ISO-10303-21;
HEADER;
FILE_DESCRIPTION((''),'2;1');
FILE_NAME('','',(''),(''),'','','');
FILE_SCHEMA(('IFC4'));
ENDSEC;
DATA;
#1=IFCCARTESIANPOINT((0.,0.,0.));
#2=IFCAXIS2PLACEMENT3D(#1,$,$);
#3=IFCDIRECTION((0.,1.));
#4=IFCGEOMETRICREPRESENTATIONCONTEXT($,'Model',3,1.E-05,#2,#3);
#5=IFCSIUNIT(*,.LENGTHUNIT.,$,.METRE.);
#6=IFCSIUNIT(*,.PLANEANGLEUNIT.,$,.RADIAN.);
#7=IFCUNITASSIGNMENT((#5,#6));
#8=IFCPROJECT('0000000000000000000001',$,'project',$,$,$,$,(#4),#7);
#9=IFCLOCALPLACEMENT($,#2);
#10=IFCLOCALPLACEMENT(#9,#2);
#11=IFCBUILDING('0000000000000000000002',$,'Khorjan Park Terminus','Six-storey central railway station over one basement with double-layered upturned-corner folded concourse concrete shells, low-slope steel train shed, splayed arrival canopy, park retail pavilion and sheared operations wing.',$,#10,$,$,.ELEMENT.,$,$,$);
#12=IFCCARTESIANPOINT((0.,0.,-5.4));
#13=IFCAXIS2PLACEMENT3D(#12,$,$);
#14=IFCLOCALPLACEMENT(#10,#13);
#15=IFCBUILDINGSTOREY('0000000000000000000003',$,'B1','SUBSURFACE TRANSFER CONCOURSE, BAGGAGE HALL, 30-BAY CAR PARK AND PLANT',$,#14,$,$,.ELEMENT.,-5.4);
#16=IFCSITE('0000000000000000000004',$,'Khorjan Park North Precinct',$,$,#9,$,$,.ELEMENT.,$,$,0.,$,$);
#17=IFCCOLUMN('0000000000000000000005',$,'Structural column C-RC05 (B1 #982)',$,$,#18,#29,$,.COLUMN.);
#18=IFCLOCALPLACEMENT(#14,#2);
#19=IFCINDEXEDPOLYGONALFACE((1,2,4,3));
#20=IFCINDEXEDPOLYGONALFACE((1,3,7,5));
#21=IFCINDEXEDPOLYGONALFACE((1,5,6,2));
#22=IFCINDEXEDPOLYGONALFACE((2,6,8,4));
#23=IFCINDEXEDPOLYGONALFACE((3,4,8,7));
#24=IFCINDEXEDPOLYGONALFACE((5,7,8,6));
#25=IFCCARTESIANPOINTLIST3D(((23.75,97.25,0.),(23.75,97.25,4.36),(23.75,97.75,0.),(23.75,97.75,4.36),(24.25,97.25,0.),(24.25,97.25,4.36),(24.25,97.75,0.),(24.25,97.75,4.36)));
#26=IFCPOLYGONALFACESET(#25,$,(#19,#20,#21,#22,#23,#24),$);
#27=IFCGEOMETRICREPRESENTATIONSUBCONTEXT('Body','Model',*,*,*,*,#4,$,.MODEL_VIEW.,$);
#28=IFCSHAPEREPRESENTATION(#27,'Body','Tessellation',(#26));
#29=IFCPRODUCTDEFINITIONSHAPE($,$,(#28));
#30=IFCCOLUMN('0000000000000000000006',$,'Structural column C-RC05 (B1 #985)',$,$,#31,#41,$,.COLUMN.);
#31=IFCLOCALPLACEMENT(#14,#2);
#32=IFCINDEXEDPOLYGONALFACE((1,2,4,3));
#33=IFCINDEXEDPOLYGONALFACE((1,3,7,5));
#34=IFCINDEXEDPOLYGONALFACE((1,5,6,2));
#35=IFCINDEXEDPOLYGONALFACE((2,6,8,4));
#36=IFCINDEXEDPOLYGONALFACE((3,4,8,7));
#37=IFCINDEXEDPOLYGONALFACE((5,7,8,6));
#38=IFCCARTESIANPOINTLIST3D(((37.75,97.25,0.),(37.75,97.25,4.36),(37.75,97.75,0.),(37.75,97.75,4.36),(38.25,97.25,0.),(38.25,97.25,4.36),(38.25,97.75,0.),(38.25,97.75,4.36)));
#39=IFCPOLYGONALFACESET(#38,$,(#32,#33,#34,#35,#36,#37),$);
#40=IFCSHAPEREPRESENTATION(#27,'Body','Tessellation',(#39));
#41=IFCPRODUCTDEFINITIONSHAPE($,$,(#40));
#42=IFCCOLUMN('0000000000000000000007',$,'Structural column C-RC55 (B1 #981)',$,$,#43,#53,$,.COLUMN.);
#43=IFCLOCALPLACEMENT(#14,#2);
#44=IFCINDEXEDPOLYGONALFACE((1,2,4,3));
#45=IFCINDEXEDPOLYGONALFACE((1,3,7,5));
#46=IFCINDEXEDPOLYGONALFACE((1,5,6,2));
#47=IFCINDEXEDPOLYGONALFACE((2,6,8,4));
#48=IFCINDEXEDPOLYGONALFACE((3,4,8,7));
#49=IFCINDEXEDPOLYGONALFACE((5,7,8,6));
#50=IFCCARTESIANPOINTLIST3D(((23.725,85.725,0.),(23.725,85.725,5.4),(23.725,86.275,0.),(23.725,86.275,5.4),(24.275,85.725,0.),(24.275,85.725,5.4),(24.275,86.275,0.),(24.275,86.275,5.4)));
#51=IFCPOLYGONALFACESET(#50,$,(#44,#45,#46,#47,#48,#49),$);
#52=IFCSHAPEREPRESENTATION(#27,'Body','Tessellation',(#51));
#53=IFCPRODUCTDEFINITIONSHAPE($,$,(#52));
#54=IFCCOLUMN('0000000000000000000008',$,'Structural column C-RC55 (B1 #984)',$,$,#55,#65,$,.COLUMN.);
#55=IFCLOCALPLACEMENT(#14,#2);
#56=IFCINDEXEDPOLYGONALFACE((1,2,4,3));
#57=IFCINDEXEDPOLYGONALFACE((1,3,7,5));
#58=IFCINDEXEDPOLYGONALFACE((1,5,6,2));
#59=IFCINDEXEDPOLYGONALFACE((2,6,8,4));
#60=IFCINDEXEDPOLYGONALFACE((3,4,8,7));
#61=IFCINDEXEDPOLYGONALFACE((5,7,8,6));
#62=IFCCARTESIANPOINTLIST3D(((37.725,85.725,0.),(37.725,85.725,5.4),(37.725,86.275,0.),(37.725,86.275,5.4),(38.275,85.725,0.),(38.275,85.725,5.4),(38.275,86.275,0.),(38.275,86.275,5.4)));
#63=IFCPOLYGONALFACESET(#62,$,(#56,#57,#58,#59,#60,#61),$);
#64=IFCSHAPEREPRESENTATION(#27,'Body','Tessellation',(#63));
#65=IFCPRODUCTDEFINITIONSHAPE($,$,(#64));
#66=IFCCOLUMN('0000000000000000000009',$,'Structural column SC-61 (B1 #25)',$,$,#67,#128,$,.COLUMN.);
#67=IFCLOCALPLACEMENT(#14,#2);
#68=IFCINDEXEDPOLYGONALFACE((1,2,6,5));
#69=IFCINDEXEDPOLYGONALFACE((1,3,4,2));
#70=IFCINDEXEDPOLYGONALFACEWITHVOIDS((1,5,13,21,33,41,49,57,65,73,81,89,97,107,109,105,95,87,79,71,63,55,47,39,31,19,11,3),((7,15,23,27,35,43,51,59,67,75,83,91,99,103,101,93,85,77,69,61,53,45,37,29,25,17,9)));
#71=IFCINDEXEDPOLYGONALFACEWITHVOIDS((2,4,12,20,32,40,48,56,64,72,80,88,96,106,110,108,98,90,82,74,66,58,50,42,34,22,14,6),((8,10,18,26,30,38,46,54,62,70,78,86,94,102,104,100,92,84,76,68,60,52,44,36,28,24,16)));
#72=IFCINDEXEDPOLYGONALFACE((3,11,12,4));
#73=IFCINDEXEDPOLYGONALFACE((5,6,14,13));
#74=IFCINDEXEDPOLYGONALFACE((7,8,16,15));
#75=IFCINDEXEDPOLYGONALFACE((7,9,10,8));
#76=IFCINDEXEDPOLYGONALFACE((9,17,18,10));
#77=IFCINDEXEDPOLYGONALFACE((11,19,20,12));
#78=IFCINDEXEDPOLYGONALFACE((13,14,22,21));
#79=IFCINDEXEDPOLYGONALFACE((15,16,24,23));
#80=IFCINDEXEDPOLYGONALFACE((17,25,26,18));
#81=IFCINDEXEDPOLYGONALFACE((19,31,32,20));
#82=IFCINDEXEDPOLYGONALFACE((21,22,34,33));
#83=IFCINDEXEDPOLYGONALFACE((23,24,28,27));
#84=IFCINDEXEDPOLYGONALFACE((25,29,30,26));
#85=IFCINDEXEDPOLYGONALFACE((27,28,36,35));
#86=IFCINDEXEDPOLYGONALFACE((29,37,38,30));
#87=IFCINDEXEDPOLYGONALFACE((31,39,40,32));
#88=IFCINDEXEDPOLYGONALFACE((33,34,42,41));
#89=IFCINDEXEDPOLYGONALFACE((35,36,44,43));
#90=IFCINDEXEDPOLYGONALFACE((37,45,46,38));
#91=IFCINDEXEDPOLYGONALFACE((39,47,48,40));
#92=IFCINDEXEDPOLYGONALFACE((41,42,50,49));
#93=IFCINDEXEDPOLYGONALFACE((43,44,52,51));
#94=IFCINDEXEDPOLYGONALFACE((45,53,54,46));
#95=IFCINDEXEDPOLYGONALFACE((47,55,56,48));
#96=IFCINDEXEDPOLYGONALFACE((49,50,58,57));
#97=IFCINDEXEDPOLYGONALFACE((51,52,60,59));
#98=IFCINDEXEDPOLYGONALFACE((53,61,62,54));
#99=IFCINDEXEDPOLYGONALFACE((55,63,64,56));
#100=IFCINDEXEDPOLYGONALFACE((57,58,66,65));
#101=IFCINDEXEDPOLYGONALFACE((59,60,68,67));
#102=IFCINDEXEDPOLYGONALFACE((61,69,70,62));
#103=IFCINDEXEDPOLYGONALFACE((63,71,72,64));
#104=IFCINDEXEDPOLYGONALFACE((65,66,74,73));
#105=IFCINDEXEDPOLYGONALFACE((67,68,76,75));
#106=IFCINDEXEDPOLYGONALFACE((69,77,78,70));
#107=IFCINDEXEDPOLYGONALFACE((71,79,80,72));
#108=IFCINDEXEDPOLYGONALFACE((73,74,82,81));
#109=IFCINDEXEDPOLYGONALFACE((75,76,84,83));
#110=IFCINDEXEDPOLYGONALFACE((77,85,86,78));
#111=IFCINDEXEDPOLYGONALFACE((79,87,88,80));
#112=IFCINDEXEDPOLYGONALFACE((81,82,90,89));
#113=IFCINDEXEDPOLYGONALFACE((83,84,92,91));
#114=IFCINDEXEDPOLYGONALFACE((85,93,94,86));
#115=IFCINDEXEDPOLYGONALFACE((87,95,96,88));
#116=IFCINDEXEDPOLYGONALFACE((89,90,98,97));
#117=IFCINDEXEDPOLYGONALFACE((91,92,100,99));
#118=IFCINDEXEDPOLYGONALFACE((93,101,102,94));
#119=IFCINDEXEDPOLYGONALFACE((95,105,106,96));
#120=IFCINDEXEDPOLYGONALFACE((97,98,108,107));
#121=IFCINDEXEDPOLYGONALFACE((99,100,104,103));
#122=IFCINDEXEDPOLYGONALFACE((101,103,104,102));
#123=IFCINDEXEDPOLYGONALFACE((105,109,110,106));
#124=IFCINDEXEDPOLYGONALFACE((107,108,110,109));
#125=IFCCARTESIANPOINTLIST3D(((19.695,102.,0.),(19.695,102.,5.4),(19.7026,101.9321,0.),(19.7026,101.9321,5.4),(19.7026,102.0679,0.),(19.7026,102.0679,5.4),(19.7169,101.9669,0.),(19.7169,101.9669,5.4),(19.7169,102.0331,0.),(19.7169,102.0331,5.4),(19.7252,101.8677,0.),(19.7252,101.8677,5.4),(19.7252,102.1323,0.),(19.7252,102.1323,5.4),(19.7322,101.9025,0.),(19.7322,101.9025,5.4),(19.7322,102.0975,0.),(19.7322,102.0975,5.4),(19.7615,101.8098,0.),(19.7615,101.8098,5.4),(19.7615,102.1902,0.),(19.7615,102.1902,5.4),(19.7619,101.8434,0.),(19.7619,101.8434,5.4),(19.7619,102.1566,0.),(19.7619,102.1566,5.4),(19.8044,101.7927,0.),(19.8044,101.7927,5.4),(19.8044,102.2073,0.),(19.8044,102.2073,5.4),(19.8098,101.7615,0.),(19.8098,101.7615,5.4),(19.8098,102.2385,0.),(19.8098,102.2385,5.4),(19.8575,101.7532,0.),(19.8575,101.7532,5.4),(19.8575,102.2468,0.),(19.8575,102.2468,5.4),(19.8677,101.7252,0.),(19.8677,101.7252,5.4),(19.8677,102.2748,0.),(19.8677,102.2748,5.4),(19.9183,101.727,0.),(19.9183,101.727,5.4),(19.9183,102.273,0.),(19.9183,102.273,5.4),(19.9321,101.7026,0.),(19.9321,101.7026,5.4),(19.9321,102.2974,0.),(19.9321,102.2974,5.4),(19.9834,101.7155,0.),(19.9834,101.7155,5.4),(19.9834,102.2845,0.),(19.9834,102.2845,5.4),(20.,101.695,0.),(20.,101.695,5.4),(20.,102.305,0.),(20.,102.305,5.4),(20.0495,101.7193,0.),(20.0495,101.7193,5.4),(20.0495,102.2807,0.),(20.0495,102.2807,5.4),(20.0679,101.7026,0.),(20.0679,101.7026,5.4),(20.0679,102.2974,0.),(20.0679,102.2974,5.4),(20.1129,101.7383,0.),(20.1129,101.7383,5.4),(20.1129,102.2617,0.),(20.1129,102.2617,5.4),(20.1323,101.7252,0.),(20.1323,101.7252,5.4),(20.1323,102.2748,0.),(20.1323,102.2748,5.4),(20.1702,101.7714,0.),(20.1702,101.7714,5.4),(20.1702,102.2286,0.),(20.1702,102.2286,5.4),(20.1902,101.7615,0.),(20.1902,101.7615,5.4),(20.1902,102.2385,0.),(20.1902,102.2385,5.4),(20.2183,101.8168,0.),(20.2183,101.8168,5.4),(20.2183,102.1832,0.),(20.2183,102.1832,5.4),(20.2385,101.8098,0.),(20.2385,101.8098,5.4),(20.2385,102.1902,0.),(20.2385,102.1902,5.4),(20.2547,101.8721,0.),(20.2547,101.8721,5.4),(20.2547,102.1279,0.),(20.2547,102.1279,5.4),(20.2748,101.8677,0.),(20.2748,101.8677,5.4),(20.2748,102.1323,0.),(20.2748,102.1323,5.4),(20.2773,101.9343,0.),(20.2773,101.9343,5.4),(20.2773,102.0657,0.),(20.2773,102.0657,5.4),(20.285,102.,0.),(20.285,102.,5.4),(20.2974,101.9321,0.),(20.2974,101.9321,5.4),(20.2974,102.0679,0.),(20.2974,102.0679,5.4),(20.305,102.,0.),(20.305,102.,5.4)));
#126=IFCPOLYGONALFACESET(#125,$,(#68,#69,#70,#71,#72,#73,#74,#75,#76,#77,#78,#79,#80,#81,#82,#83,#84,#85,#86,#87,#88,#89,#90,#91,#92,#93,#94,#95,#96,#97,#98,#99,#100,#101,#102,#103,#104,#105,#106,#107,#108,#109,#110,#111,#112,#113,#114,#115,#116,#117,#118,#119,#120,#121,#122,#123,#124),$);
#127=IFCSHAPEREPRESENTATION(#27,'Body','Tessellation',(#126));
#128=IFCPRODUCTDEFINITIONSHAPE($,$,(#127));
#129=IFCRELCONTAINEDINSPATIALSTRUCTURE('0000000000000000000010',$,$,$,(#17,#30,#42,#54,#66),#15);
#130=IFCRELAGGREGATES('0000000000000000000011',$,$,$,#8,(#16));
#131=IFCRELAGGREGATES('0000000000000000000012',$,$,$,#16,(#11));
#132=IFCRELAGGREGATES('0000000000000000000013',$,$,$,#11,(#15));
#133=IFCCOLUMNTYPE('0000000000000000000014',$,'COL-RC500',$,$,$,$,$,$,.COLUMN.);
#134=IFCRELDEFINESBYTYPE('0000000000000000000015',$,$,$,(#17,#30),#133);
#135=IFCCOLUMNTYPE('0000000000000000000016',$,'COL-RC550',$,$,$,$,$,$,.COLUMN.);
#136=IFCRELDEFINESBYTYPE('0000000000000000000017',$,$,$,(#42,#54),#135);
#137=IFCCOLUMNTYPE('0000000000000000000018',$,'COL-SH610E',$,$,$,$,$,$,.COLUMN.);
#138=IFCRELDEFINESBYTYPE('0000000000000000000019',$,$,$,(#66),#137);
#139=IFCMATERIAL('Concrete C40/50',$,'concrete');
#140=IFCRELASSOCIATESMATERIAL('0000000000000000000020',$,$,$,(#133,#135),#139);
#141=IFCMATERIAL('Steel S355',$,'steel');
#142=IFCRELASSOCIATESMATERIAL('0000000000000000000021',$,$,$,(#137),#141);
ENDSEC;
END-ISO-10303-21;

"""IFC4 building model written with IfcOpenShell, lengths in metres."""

from ifc_helpers import new_model, si_unit, direction, frame, origin, origin_2d, place, context, subcontext, project, spatial, rectangle, hollow_circle, extrude, material, material_profile, profile_set, type_object, element, save


model = new_model("IFC4")

# Units and contexts
model_context = context("Model", 3, precision=1e-05, world=origin(), true_north=direction((0.0, 1.0)))
body_context = subcontext(model_context, "Body", "Model", "MODEL_VIEW")
ifc_project = project(units=[si_unit("LENGTHUNIT", "METRE"), si_unit("PLANEANGLEUNIT", "RADIAN")], contexts=[model_context])

# Site, building, storey
site_placement = place(None, origin())
site = spatial("IfcSite", under=ifc_project, at=site_placement, Name="Khorjan Park North Precinct", CompositionType="ELEMENT", RefElevation=0.0)
building_placement = place(site_placement, origin())
building = spatial("IfcBuilding", under=site, at=building_placement, Name="Khorjan Park Terminus", Description="Six-storey central railway station over one basement with double-layered upturned-corner folded concourse concrete shells, low-slope steel train shed, splayed arrival canopy, park retail pavilion and sheared operations wing.", CompositionType="ELEMENT")
storey_placement = place(building_placement, frame((0.0, 0.0, -5.4)))
storey = spatial("IfcBuildingStorey", under=building, at=storey_placement, Name="B1", Description="SUBSURFACE TRANSFER CONCOURSE, BAGGAGE HALL, 30-BAY CAR PARK AND PLANT", CompositionType="ELEMENT", Elevation=-5.4)

# Shared definitions
ifc_material_1 = material(Name="Concrete C40/50", Category="concrete")

# Columns
ifc_material_profile_1 = material_profile(ifc_material_1, rectangle(XDim=0.5, YDim=0.5, at=origin_2d()), Name="RC 500x500")
ifc_profile_set_1 = profile_set([ifc_material_profile_1], Name="Concrete C40/50")
column_type_1 = type_object("IfcColumnType", Name="COL-RC500", PredefinedType="COLUMN", material=ifc_profile_set_1)
for number, where, z_axis, x_axis, name in (
    (1, (24.0, 97.5, 0.0), (0.0, 0.0, 1.0), (1.0, 0.0, 0.0), "Structural column C-RC05 (B1 #982)"),
    (2, (38.0, 97.5, 0.0), (0.0, 0.0, 1.0), (1.0, 0.0, 0.0), "Structural column C-RC05 (B1 #985)"),
):
    element("IfcColumn", number, at=place(storey_placement, frame(where, z_axis=z_axis, x_axis=x_axis)), inside=storey, type_object=column_type_1, Name=name, PredefinedType="COLUMN", context=body_context, shape_type="SweptSolid", body=[
        extrude(rectangle(XDim=0.5, YDim=0.5, at=origin_2d()), origin(), (0.0, 0.0, 1.0), 4.36),
    ])
ifc_material_profile_2 = material_profile(ifc_material_1, rectangle(XDim=0.55, YDim=0.55, at=origin_2d()), Name="RC 550x550")
ifc_profile_set_2 = profile_set([ifc_material_profile_2], Name="Concrete C40/50")
column_type_2 = type_object("IfcColumnType", Name="COL-RC550", PredefinedType="COLUMN", material=ifc_profile_set_2)
for number, where, z_axis, x_axis, name in (
    (3, (24.0, 86.0, 0.0), (0.0, 0.0, 1.0), (1.0, 0.0, 0.0), "Structural column C-RC55 (B1 #981)"),
    (4, (38.0, 86.0, 0.0), (0.0, 0.0, 1.0), (1.0, 0.0, 0.0), "Structural column C-RC55 (B1 #984)"),
):
    element("IfcColumn", number, at=place(storey_placement, frame(where, z_axis=z_axis, x_axis=x_axis)), inside=storey, type_object=column_type_2, Name=name, PredefinedType="COLUMN", context=body_context, shape_type="SweptSolid", body=[
        extrude(rectangle(XDim=0.55, YDim=0.55, at=origin_2d()), origin(), (0.0, 0.0, 1.0), 5.4),
    ])
ifc_material_2 = material(Name="Steel S355", Category="steel")
ifc_material_profile_3 = material_profile(ifc_material_2, hollow_circle(Radius=0.305, WallThickness=0.02, at=origin_2d()), Name="CHS 610x20")
ifc_profile_set_3 = profile_set([ifc_material_profile_3], Name="Steel S355")
column_type_3 = type_object("IfcColumnType", Name="COL-SH610E", PredefinedType="COLUMN", material=ifc_profile_set_3)
column_placement = place(storey_placement, frame((20.0, 102.0, 0.0), z_axis=(0.0, 0.0, 1.0), x_axis=(1.0, 0.0, 0.0)))
element("IfcColumn", 5, at=column_placement, inside=storey, type_object=column_type_3, Name="Structural column SC-61 (B1 #25)", PredefinedType="COLUMN", context=body_context, shape_type="SweptSolid", body=[
    extrude(hollow_circle(Radius=0.305, WallThickness=0.02, at=origin_2d()), origin(), (0.0, 0.0, 1.0), 5.4),
])

save(model, "model.ifc")
